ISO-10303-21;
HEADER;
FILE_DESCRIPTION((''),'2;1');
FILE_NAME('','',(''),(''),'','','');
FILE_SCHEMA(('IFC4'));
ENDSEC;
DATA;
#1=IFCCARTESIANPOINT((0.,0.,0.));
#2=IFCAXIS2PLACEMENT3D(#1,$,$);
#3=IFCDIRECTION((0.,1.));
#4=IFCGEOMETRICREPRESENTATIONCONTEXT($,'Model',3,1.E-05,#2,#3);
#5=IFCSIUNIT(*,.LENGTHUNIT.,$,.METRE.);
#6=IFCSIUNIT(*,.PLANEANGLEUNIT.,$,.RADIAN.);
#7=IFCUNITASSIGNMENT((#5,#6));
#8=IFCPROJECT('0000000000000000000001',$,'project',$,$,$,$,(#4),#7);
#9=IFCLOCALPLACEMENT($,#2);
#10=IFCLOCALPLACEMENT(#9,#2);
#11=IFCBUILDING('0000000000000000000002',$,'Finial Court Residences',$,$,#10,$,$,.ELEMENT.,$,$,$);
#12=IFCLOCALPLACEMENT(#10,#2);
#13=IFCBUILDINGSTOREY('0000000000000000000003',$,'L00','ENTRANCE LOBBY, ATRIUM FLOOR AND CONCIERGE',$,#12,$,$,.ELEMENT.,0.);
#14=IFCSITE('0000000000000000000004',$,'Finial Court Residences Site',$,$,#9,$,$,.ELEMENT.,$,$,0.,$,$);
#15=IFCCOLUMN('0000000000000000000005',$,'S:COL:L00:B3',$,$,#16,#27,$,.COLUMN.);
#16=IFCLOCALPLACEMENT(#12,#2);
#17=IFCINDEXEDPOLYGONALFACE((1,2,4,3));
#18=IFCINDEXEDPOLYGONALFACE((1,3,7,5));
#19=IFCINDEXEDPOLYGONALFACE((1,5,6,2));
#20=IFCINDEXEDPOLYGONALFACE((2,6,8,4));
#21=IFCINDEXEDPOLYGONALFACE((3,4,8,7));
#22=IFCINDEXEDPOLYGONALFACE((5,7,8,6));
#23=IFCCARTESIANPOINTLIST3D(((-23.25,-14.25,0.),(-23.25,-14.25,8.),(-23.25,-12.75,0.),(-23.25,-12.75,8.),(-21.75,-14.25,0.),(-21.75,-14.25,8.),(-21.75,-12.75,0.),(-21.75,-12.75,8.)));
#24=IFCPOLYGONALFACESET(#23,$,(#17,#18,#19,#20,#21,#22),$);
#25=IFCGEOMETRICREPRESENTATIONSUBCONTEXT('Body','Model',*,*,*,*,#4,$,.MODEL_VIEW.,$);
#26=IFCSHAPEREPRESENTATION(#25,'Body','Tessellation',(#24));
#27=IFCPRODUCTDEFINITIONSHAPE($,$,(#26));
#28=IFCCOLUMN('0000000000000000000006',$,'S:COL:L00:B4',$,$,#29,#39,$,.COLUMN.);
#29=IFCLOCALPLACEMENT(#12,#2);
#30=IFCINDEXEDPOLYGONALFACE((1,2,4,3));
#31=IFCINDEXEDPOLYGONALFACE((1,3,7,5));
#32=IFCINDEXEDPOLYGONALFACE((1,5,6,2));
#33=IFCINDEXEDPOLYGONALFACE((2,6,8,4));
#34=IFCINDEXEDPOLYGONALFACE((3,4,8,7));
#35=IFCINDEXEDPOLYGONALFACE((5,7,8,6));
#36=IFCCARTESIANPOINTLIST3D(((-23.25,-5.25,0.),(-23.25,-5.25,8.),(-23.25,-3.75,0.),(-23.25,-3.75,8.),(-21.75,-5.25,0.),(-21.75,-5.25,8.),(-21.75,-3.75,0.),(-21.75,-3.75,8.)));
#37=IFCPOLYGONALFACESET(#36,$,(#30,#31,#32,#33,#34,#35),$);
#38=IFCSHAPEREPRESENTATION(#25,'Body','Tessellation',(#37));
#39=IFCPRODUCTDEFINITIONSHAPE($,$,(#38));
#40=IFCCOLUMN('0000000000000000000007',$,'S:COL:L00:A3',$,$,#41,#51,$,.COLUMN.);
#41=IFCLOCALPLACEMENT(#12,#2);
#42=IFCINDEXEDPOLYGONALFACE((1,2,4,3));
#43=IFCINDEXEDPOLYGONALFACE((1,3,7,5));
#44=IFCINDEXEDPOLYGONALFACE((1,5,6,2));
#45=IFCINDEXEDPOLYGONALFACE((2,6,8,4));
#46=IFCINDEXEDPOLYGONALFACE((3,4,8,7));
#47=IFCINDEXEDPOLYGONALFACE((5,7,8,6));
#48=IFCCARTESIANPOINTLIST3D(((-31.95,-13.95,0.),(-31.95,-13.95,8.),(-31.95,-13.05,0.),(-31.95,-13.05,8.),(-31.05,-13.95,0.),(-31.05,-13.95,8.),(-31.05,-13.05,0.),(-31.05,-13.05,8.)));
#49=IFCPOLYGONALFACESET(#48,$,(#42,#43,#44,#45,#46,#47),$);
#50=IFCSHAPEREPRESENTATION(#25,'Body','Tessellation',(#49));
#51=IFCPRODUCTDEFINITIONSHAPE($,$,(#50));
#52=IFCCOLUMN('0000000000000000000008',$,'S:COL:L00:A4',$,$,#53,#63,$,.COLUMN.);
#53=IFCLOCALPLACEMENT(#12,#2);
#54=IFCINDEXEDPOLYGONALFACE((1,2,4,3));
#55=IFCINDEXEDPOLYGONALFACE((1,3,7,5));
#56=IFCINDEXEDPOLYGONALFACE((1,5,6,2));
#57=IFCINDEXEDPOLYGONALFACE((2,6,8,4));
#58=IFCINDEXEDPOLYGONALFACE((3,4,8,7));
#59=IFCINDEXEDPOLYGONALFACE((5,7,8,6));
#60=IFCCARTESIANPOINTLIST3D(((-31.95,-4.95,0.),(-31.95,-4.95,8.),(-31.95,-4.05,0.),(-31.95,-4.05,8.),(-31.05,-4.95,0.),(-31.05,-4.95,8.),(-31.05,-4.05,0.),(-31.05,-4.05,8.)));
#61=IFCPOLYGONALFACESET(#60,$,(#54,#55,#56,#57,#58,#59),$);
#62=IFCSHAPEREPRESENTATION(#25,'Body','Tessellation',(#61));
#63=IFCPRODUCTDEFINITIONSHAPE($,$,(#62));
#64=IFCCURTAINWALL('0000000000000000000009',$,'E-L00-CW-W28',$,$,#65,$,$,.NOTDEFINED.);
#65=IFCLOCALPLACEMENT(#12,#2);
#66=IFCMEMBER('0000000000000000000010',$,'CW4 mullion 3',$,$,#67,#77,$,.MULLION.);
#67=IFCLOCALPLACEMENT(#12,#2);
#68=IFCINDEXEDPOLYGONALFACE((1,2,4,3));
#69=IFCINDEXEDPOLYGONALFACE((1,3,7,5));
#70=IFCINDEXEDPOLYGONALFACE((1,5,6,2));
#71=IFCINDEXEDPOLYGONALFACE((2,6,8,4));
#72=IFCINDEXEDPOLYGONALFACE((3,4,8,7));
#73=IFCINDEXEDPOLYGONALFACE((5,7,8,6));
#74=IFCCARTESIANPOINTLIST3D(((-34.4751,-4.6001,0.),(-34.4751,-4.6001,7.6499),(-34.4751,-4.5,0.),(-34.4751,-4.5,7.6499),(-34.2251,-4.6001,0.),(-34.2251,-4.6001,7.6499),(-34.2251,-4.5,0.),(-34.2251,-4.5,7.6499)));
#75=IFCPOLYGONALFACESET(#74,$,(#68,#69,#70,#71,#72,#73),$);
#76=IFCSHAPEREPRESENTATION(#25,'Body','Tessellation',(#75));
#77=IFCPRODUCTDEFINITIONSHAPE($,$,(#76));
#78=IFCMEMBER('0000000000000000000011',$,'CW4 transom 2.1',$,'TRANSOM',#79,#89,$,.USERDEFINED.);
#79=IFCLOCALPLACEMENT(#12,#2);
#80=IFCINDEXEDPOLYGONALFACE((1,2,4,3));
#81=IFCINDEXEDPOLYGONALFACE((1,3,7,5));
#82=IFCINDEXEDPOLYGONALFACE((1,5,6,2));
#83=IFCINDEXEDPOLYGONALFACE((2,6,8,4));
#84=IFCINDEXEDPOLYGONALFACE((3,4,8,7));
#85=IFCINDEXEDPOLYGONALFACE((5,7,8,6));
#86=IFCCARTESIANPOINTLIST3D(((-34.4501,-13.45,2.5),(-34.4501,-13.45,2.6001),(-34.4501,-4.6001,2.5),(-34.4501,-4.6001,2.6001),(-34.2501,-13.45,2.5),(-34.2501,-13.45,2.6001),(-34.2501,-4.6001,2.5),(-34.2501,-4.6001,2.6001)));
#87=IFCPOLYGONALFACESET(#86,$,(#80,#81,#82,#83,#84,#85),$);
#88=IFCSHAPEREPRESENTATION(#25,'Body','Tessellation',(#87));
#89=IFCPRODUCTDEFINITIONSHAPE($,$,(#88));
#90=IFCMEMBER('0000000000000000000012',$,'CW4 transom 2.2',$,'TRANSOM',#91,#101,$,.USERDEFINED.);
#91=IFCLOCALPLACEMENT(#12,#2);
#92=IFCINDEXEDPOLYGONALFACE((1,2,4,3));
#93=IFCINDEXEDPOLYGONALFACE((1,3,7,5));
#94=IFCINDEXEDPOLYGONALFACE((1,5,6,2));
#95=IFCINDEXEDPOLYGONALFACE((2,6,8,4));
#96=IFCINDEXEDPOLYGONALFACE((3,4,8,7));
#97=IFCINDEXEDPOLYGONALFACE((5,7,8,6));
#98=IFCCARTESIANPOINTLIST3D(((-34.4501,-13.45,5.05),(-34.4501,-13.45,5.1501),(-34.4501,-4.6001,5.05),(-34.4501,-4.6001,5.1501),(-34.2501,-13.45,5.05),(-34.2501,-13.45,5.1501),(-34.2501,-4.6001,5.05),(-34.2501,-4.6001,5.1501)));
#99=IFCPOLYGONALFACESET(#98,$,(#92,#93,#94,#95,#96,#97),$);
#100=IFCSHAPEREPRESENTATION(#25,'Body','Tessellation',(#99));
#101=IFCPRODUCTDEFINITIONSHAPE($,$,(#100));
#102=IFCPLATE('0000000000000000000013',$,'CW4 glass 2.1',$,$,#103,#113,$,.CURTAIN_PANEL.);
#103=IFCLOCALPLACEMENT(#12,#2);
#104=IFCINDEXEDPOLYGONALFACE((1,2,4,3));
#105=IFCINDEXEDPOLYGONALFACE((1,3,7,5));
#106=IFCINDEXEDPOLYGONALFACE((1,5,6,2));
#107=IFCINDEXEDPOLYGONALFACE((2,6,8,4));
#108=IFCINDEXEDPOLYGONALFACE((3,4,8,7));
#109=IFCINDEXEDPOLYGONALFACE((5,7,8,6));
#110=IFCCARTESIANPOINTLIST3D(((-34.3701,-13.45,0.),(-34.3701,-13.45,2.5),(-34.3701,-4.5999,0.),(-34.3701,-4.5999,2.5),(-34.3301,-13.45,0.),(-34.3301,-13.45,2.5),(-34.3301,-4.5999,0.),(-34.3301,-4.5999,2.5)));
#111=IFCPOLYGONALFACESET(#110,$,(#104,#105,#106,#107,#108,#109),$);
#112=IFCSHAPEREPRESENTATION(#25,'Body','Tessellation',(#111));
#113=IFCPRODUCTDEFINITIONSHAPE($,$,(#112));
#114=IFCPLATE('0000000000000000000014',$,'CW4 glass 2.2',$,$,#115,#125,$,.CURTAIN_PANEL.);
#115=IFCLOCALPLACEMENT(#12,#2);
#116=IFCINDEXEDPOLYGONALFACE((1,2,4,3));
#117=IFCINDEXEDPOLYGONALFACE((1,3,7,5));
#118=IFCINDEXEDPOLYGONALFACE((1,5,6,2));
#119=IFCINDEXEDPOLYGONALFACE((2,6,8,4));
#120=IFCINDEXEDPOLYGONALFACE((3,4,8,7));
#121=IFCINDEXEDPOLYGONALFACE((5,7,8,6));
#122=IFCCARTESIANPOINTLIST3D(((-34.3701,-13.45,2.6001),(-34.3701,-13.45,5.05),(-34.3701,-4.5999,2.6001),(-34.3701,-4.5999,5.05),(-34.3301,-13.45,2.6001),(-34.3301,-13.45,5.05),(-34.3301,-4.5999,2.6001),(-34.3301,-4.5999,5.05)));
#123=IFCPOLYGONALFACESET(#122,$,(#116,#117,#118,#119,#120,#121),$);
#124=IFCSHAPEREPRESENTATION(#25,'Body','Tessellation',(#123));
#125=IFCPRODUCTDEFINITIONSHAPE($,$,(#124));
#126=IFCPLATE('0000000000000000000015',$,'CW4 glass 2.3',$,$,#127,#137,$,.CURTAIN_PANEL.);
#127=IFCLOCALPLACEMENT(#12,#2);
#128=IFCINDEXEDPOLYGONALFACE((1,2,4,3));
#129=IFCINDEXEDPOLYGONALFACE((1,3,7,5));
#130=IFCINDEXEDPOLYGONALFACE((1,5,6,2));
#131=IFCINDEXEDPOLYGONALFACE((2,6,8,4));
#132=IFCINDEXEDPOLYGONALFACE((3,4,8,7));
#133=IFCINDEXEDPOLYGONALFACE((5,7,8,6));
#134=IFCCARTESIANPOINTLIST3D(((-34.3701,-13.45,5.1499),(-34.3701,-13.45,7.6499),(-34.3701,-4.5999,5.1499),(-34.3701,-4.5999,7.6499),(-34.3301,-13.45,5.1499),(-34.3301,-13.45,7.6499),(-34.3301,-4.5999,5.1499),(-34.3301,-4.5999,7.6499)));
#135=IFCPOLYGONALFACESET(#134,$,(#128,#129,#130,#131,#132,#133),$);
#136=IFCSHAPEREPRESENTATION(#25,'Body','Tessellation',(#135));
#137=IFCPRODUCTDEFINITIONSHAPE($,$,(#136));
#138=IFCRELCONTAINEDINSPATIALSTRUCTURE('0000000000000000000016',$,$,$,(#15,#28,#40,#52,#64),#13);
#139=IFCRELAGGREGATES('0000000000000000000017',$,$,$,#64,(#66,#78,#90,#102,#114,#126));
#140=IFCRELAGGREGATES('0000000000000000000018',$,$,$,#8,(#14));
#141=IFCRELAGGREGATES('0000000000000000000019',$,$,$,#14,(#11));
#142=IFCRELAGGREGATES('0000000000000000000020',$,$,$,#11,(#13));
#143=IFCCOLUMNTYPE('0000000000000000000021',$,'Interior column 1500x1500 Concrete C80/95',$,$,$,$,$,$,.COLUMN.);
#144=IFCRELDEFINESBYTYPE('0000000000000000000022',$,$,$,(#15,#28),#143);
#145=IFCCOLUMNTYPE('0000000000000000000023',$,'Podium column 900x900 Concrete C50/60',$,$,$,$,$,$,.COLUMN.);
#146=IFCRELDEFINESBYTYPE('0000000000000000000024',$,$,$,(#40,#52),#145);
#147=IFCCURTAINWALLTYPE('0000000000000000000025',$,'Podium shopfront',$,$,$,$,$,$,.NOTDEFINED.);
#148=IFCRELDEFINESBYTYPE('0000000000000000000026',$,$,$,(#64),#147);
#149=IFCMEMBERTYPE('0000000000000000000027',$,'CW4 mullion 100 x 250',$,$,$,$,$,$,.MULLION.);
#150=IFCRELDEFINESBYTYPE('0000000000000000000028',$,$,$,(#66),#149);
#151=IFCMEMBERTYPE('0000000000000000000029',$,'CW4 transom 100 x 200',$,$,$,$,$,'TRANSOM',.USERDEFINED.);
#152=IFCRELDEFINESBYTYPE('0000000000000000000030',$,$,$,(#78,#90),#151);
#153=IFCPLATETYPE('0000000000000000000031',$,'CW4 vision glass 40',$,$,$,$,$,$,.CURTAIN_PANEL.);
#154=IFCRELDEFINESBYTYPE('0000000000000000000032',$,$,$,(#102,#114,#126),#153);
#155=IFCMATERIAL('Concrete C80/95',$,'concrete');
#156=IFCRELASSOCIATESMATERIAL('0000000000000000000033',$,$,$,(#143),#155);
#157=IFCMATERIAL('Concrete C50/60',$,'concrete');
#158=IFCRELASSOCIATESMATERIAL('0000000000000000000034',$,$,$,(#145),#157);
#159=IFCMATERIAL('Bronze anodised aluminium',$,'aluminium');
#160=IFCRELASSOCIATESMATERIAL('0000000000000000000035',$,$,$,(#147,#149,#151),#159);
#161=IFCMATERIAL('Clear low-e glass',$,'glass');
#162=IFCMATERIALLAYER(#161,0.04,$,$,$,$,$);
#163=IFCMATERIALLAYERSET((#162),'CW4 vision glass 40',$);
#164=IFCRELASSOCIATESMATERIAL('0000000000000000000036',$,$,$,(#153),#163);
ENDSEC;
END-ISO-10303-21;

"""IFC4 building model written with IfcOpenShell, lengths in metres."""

from ifc_helpers import new_model, si_unit, direction, frame, origin, origin_2d, place, context, subcontext, project, spatial, rectangle, extrude, material, layer, layer_set, material_profile, profile_set, type_object, element, aggregate, save


model = new_model("IFC4")

# Units and contexts
model_context = context("Model", 3, precision=1e-05, world=origin(), true_north=direction((0.0, 1.0)))
body_context = subcontext(model_context, "Body", "Model", "MODEL_VIEW")
ifc_project = project(units=[si_unit("LENGTHUNIT", "METRE"), si_unit("PLANEANGLEUNIT", "RADIAN")], contexts=[model_context])

# Site, building, storey
site_placement = place(None, origin())
site = spatial("IfcSite", under=ifc_project, at=site_placement, Name="Finial Court Residences Site", CompositionType="ELEMENT", RefElevation=0.0)
building_placement = place(site_placement, origin())
building = spatial("IfcBuilding", under=site, at=building_placement, Name="Finial Court Residences", CompositionType="ELEMENT")
storey_placement = place(building_placement, origin())
storey = spatial("IfcBuildingStorey", under=building, at=storey_placement, Name="L00", Description="ENTRANCE LOBBY, ATRIUM FLOOR AND CONCIERGE", CompositionType="ELEMENT", Elevation=0.0)

# Columns
ifc_material_1 = material(Name="Concrete C80/95", Category="concrete")
ifc_material_profile_1 = material_profile(ifc_material_1, rectangle(XDim=1.5, YDim=1.5, at=origin_2d()), Name="1500x1500")
ifc_profile_set_1 = profile_set([ifc_material_profile_1], Name="Concrete C80/95")
column_type_1 = type_object("IfcColumnType", Name="Interior column 1500x1500 Concrete C80/95", PredefinedType="COLUMN", material=ifc_profile_set_1)
for number, where, z_axis, x_axis, name in (
    (1, (-22.5, -13.5, 0.0), (0.0, 0.0, 1.0), (1.0, 0.0, 0.0), "S:COL:L00:B3"),
    (2, (-22.5, -4.5, 0.0), (0.0, 0.0, 1.0), (1.0, 0.0, 0.0), "S:COL:L00:B4"),
):
    element("IfcColumn", number, at=place(storey_placement, frame(where, z_axis=z_axis, x_axis=x_axis)), inside=storey, type_object=column_type_1, Name=name, PredefinedType="COLUMN", context=body_context, shape_type="SweptSolid", body=[
        extrude(rectangle(XDim=1.5, YDim=1.5, at=origin_2d()), origin(), (0.0, 0.0, 1.0), 8.0),
    ])
ifc_material_2 = material(Name="Concrete C50/60", Category="concrete")
ifc_material_profile_2 = material_profile(ifc_material_2, rectangle(XDim=0.8999, YDim=0.8999, at=origin_2d()), Name="900x900")
ifc_profile_set_2 = profile_set([ifc_material_profile_2], Name="Concrete C50/60")
column_type_2 = type_object("IfcColumnType", Name="Podium column 900x900 Concrete C50/60", PredefinedType="COLUMN", material=ifc_profile_set_2)
for number, where, z_axis, x_axis, name in (
    (3, (-31.5, -13.5, 0.0), (0.0, 0.0, 1.0), (1.0, 0.0, 0.0), "S:COL:L00:A3"),
    (4, (-31.5, -4.5, 0.0), (0.0, 0.0, 1.0), (1.0, 0.0, 0.0), "S:COL:L00:A4"),
):
    element("IfcColumn", number, at=place(storey_placement, frame(where, z_axis=z_axis, x_axis=x_axis)), inside=storey, type_object=column_type_2, Name=name, PredefinedType="COLUMN", context=body_context, shape_type="SweptSolid", body=[
        extrude(rectangle(XDim=0.8999, YDim=0.8999, at=origin_2d()), origin(), (0.0, 0.0, 1.0), 8.0),
    ])

# Curtain wall, members, plates
ifc_material_3 = material(Name="Bronze anodised aluminium", Category="aluminium")
curtain_wall_type = type_object("IfcCurtainWallType", Name="Podium shopfront", PredefinedType="NOTDEFINED", material=ifc_material_3)
curtain_wall_placement = place(storey_placement, origin())
curtain_wall = element("IfcCurtainWall", 5, at=curtain_wall_placement, inside=storey, type_object=curtain_wall_type, Name="E-L00-CW-W28", PredefinedType="NOTDEFINED")
ifc_material_profile_3 = material_profile(ifc_material_3, rectangle(XDim=0.25, YDim=0.1001, at=origin_2d()), Name="CW4 mullion 100 x 250")
ifc_profile_set_3 = profile_set([ifc_material_profile_3], Name="Bronze anodised aluminium")
member_type_1 = type_object("IfcMemberType", Name="CW4 mullion 100 x 250", PredefinedType="MULLION", material=ifc_profile_set_3)
member_1_placement = place(storey_placement, frame((-34.3501, -4.55, 0.0), z_axis=(0.0, 0.0, 1.0), x_axis=(-1.0, 0.0, 0.0)))
member_1 = element("IfcMember", 6, at=member_1_placement, type_object=member_type_1, Name="CW4 mullion 3", PredefinedType="MULLION", context=body_context, shape_type="SweptSolid", body=[
    extrude(rectangle(XDim=0.25, YDim=0.1001, at=origin_2d()), origin(), (0.0, 0.0, 1.0), 7.6499),
])
ifc_material_profile_4 = material_profile(ifc_material_3, rectangle(XDim=0.2, YDim=0.1001, at=origin_2d()), Name="CW4 transom 100 x 200")
ifc_profile_set_4 = profile_set([ifc_material_profile_4], Name="Bronze anodised aluminium")
member_type_2 = type_object("IfcMemberType", Name="CW4 transom 100 x 200", ElementType="TRANSOM", PredefinedType="USERDEFINED", material=ifc_profile_set_4)
member_2_placement = place(storey_placement, frame((-34.3501, -13.45, 2.55), z_axis=(0.0, 1.0, 0.0), x_axis=(-1.0, 0.0, 0.0)))
member_2 = element("IfcMember", 7, at=member_2_placement, type_object=member_type_2, Name="CW4 transom 2.1", ObjectType="TRANSOM", PredefinedType="USERDEFINED", context=body_context, shape_type="SweptSolid", body=[
    extrude(rectangle(XDim=0.2, YDim=0.1001, at=origin_2d()), origin(), (0.0, 0.0, 1.0), 8.8499),
])
member_3_placement = place(storey_placement, frame((-34.3501, -13.45, 5.1001), z_axis=(0.0, 1.0, 0.0), x_axis=(-1.0, 0.0, 0.0)))
member_3 = element("IfcMember", 8, at=member_3_placement, type_object=member_type_2, Name="CW4 transom 2.2", ObjectType="TRANSOM", PredefinedType="USERDEFINED", context=body_context, shape_type="SweptSolid", body=[
    extrude(rectangle(XDim=0.2, YDim=0.1001, at=origin_2d()), origin(), (0.0, 0.0, 1.0), 8.8499),
])
ifc_material_4 = material(Name="Clear low-e glass", Category="glass")
ifc_layer_1 = layer(ifc_material_4, 0.04)
ifc_layer_set_1 = layer_set([ifc_layer_1], Name="CW4 vision glass 40")
plate_type = type_object("IfcPlateType", Name="CW4 vision glass 40", PredefinedType="CURTAIN_PANEL", material=ifc_layer_set_1)
plate_1_placement = place(storey_placement, frame((-34.3501, -9.0249, 0.0), z_axis=(0.0, 0.0, 1.0), x_axis=(0.0, 1.0, 0.0)))
plate_1 = element("IfcPlate", 9, at=plate_1_placement, type_object=plate_type, Name="CW4 glass 2.1", PredefinedType="CURTAIN_PANEL", context=body_context, shape_type="SweptSolid", body=[
    extrude(rectangle(XDim=8.8501, YDim=0.04, at=origin_2d()), origin(), (0.0, 0.0, 1.0), 2.5),
])
plate_2_placement = place(storey_placement, frame((-34.3501, -9.0249, 2.6001), z_axis=(0.0, 0.0, 1.0), x_axis=(0.0, 1.0, 0.0)))
plate_2 = element("IfcPlate", 10, at=plate_2_placement, type_object=plate_type, Name="CW4 glass 2.2", PredefinedType="CURTAIN_PANEL", context=body_context, shape_type="SweptSolid", body=[
    extrude(rectangle(XDim=8.8501, YDim=0.04, at=origin_2d()), origin(), (0.0, 0.0, 1.0), 2.45),
])
plate_3_placement = place(storey_placement, frame((-34.3501, -9.0249, 5.1499), z_axis=(0.0, 0.0, 1.0), x_axis=(0.0, 1.0, 0.0)))
plate_3 = element("IfcPlate", 11, at=plate_3_placement, type_object=plate_type, Name="CW4 glass 2.3", PredefinedType="CURTAIN_PANEL", context=body_context, shape_type="SweptSolid", body=[
    extrude(rectangle(XDim=8.8501, YDim=0.04, at=origin_2d()), origin(), (0.0, 0.0, 1.0), 2.5),
])
aggregate(curtain_wall, [member_1, member_2, member_3, plate_1, plate_2, plate_3])

save(model, "model.ifc")
